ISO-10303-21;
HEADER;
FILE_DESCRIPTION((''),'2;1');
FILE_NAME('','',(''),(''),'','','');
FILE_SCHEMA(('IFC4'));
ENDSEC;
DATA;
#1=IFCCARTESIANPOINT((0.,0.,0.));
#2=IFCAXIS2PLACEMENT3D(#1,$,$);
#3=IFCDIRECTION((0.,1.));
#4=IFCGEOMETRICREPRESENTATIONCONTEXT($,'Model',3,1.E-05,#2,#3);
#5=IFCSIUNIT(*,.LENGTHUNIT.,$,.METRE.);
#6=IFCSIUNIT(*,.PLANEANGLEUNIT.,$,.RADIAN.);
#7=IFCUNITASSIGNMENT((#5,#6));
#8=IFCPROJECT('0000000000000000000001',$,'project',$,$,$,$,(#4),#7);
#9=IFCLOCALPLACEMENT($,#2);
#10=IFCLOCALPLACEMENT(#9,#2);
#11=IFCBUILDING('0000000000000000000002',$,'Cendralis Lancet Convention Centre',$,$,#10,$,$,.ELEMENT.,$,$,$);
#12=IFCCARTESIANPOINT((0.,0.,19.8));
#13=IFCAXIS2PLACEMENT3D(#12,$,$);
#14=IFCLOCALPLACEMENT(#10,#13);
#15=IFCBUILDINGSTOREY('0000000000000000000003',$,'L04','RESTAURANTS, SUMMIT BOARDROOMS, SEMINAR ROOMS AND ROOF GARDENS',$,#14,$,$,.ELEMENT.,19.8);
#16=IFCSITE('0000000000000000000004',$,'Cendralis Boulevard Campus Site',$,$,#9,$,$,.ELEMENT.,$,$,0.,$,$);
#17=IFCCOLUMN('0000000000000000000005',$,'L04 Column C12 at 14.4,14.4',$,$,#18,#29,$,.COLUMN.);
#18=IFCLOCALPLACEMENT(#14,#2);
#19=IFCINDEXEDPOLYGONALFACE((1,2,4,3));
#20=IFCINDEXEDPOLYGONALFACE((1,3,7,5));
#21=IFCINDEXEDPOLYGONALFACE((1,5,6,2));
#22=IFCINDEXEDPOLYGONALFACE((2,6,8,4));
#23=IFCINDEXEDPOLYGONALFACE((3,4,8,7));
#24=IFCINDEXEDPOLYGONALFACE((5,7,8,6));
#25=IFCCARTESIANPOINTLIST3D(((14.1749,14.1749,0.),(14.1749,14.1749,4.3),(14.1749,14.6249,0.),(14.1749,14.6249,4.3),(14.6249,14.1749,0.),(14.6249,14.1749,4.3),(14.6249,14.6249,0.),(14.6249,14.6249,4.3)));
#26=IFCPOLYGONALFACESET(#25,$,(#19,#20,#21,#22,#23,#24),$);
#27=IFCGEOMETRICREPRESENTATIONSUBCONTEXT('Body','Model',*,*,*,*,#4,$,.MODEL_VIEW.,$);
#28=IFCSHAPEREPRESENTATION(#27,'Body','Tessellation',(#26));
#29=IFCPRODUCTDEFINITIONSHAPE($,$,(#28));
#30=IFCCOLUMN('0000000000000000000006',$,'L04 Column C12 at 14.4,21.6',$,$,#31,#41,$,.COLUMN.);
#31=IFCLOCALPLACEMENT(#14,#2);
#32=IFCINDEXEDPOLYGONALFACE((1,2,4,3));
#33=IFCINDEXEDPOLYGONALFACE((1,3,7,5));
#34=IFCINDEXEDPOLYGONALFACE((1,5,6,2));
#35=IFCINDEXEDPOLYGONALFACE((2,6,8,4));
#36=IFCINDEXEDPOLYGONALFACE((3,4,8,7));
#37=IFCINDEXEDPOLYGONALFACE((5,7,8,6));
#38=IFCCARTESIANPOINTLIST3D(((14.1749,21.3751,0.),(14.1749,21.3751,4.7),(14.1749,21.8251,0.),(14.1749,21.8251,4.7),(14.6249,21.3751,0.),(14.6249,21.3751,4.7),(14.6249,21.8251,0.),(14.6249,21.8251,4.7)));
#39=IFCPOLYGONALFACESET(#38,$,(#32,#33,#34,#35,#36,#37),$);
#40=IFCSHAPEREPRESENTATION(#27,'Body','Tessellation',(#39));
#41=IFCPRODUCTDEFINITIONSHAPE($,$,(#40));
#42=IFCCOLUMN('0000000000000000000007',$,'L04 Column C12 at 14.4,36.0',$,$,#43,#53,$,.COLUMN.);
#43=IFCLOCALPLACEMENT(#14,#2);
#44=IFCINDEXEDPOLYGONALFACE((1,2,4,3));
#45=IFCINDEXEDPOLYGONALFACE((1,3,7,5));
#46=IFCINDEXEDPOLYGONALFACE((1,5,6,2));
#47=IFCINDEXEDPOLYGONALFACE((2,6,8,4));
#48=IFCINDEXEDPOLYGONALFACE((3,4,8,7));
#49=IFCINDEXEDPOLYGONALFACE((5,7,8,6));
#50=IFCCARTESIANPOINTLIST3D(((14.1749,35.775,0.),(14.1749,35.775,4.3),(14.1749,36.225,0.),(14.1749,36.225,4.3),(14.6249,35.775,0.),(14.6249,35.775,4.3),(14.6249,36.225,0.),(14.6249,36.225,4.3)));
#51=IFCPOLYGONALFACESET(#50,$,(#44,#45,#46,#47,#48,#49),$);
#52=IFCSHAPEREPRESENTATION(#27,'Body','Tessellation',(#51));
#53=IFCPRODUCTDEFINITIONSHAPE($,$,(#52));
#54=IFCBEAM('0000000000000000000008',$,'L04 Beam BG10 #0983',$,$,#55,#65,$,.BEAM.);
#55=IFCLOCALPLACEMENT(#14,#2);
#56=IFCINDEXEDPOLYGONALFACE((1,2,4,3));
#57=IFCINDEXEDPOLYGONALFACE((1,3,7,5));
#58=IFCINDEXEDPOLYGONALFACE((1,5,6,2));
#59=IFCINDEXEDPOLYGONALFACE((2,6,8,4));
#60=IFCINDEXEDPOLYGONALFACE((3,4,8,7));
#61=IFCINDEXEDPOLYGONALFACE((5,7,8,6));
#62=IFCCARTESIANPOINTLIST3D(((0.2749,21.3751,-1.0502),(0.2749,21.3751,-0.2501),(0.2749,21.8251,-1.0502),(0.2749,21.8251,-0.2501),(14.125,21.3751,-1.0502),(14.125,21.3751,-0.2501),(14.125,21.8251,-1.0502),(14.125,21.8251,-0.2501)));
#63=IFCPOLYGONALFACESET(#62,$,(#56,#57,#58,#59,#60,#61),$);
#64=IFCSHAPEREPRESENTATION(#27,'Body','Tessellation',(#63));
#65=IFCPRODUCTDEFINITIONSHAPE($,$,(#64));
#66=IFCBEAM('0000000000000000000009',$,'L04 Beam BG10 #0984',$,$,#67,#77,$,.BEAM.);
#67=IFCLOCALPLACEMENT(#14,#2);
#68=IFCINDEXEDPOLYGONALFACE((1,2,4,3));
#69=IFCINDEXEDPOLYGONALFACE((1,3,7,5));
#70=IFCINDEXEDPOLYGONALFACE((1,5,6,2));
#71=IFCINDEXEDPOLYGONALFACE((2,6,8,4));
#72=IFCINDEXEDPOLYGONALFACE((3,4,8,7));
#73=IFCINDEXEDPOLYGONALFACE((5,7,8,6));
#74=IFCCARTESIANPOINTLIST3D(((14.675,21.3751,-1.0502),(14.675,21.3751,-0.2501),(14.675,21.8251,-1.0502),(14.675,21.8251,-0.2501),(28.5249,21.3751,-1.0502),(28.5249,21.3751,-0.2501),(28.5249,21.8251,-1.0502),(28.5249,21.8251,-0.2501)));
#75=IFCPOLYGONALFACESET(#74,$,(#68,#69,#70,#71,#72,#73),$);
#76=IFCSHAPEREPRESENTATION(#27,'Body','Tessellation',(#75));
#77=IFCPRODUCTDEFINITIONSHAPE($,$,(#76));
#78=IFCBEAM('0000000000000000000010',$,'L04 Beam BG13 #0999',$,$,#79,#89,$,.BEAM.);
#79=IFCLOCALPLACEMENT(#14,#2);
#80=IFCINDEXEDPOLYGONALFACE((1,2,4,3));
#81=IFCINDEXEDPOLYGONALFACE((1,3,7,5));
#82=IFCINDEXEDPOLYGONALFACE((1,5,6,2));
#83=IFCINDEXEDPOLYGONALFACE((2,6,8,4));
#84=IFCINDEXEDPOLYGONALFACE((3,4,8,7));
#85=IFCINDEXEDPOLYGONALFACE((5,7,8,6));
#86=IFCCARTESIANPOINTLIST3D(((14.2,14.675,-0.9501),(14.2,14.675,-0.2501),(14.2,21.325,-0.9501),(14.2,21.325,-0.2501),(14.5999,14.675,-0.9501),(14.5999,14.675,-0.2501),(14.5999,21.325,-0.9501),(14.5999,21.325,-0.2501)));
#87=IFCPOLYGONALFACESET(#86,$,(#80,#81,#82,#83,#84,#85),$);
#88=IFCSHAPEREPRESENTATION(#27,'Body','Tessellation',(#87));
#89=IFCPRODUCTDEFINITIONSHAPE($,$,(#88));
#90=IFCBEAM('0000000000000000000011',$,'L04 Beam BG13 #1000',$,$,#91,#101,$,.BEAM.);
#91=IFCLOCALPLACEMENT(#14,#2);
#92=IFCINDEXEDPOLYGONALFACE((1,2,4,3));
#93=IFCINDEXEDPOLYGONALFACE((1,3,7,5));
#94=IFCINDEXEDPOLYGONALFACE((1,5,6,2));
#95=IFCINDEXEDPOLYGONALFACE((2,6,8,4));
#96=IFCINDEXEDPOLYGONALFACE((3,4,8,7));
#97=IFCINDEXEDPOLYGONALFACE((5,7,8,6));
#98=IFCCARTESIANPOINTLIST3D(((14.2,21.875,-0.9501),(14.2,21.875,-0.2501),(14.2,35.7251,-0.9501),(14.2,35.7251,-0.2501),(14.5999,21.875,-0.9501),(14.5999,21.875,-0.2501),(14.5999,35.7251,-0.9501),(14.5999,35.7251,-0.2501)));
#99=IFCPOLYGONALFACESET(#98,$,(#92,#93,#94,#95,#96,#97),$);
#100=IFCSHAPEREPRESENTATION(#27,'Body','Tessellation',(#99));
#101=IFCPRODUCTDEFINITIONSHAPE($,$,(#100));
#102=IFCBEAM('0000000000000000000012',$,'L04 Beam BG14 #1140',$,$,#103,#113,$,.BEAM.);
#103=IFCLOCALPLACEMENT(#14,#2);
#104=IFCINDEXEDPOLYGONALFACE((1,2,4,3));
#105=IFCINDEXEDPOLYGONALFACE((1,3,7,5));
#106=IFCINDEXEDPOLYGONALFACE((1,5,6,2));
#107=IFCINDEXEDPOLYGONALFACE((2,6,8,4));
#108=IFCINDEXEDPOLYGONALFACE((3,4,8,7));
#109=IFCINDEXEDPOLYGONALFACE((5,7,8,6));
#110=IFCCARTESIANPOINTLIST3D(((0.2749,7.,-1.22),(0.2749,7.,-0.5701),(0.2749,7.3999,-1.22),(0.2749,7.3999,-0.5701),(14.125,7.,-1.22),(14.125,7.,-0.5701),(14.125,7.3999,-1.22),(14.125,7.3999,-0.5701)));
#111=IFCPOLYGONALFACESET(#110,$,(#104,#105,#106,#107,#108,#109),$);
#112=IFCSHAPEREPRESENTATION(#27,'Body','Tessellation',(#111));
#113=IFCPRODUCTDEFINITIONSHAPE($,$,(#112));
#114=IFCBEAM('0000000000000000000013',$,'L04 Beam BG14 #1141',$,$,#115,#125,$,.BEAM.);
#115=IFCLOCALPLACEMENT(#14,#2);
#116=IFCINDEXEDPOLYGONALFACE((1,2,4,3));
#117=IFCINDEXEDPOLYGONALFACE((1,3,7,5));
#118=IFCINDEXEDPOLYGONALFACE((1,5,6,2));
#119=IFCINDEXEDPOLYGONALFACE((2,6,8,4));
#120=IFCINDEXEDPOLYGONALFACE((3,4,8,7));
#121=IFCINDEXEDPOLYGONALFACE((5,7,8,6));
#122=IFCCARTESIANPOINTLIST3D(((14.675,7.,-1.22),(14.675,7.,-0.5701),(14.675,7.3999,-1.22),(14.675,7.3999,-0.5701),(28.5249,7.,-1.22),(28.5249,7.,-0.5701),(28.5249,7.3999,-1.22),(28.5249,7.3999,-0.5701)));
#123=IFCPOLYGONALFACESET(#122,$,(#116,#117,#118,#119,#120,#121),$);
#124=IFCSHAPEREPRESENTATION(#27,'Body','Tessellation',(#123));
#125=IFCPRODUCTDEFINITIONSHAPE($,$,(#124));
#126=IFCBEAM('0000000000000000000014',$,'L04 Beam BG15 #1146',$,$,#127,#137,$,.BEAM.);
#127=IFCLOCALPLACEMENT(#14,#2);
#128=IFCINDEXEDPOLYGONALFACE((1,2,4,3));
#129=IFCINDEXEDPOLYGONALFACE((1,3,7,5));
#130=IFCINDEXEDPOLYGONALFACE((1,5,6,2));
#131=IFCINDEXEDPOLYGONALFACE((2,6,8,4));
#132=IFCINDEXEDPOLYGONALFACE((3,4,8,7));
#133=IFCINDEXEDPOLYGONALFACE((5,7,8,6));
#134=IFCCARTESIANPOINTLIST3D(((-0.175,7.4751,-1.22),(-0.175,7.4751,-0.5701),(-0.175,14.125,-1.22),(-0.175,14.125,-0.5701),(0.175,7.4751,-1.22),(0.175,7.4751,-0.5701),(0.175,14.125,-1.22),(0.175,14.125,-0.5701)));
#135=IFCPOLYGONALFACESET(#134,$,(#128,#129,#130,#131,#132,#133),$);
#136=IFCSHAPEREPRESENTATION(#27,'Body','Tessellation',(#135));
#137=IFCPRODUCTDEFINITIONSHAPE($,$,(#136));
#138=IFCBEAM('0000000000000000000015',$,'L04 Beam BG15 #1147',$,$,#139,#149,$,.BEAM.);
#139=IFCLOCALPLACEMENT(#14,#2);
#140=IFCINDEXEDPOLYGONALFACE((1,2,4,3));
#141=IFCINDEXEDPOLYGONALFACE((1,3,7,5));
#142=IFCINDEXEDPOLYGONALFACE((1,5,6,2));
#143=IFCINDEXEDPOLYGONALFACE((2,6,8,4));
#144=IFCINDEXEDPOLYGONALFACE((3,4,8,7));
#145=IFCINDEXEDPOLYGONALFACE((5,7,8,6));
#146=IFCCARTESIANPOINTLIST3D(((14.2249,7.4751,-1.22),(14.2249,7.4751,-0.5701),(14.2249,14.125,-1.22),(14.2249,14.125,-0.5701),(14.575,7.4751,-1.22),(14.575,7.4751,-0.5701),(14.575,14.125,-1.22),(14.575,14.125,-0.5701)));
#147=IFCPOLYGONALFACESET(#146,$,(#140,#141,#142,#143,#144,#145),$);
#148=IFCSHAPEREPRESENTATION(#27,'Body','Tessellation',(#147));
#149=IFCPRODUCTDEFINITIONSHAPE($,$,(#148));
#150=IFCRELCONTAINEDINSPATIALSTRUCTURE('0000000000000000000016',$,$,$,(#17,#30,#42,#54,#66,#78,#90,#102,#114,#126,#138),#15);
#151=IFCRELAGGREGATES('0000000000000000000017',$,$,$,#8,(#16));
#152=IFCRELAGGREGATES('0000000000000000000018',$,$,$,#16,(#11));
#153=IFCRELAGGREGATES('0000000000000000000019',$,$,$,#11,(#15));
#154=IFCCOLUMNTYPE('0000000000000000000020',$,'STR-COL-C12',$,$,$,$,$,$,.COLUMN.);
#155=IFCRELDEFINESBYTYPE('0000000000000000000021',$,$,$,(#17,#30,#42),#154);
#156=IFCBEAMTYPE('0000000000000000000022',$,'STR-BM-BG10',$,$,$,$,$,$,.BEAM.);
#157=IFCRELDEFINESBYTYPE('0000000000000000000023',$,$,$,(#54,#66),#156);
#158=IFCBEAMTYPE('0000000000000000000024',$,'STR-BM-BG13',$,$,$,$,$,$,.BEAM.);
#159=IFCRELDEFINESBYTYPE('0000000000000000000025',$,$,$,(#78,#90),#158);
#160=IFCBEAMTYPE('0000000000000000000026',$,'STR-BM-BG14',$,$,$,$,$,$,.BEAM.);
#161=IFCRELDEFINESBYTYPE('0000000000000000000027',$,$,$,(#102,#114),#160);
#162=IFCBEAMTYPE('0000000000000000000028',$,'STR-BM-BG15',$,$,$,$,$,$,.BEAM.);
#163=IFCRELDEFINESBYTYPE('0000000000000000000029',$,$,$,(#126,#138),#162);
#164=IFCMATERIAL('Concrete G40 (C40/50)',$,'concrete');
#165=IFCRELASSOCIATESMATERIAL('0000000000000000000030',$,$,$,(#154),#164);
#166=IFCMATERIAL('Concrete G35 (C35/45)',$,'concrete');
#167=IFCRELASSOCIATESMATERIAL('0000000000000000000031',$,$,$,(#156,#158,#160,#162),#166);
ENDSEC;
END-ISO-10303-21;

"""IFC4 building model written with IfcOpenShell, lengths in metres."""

from ifc_helpers import new_model, si_unit, direction, frame, origin, origin_2d, place, context, subcontext, project, spatial, rectangle, extrude, material, material_profile, profile_set, type_object, element, save


model = new_model("IFC4")

# Units and contexts
model_context = context("Model", 3, precision=1e-05, world=origin(), true_north=direction((0.0, 1.0)))
body_context = subcontext(model_context, "Body", "Model", "MODEL_VIEW")
ifc_project = project(units=[si_unit("LENGTHUNIT", "METRE"), si_unit("PLANEANGLEUNIT", "RADIAN")], contexts=[model_context])

# Site, building, storey
site_placement = place(None, origin())
site = spatial("IfcSite", under=ifc_project, at=site_placement, Name="Cendralis Boulevard Campus Site", CompositionType="ELEMENT", RefElevation=0.0)
building_placement = place(site_placement, origin())
building = spatial("IfcBuilding", under=site, at=building_placement, Name="Cendralis Lancet Convention Centre", CompositionType="ELEMENT")
storey_placement = place(building_placement, frame((0.0, 0.0, 19.8)))
storey = spatial("IfcBuildingStorey", under=building, at=storey_placement, Name="L04", Description="RESTAURANTS, SUMMIT BOARDROOMS, SEMINAR ROOMS AND ROOF GARDENS", CompositionType="ELEMENT", Elevation=19.8)

# Columns
ifc_material_1 = material(Name="Concrete G40 (C40/50)", Category="concrete")
ifc_material_profile_1 = material_profile(ifc_material_1, rectangle(XDim=0.45, YDim=0.45, at=origin_2d()), Name="RC 450x450")
ifc_profile_set_1 = profile_set([ifc_material_profile_1], Name="Concrete G40 (C40/50)")
column_type = type_object("IfcColumnType", Name="STR-COL-C12", PredefinedType="COLUMN", material=ifc_profile_set_1)
column_1_placement = place(storey_placement, frame((14.3999, 14.3999, 0.0), z_axis=(0.0, 0.0, 1.0), x_axis=(1.0, 0.0, 0.0)))
element("IfcColumn", 1, at=column_1_placement, inside=storey, type_object=column_type, Name="L04 Column C12 at 14.4,14.4", PredefinedType="COLUMN", context=body_context, shape_type="SweptSolid", body=[
    extrude(rectangle(XDim=0.45, YDim=0.45, at=origin_2d()), origin(), (0.0, 0.0, 1.0), 4.3),
])
column_2_placement = place(storey_placement, frame((14.3999, 21.6001, 0.0), z_axis=(0.0, 0.0, 1.0), x_axis=(1.0, 0.0, 0.0)))
element("IfcColumn", 2, at=column_2_placement, inside=storey, type_object=column_type, Name="L04 Column C12 at 14.4,21.6", PredefinedType="COLUMN", context=body_context, shape_type="SweptSolid", body=[
    extrude(rectangle(XDim=0.45, YDim=0.45, at=origin_2d()), origin(), (0.0, 0.0, 1.0), 4.7),
])
column_3_placement = place(storey_placement, frame((14.3999, 36.0, 0.0), z_axis=(0.0, 0.0, 1.0), x_axis=(1.0, 0.0, 0.0)))
element("IfcColumn", 3, at=column_3_placement, inside=storey, type_object=column_type, Name="L04 Column C12 at 14.4,36.0", PredefinedType="COLUMN", context=body_context, shape_type="SweptSolid", body=[
    extrude(rectangle(XDim=0.45, YDim=0.45, at=origin_2d()), origin(), (0.0, 0.0, 1.0), 4.3),
])

# Beams
ifc_material_2 = material(Name="Concrete G35 (C35/45)", Category="concrete")
ifc_material_profile_2 = material_profile(ifc_material_2, rectangle(XDim=0.45, YDim=0.8, at=origin_2d()), Name="RCB 450x800")
ifc_profile_set_2 = profile_set([ifc_material_profile_2], Name="Concrete G35 (C35/45)")
beam_type_1 = type_object("IfcBeamType", Name="STR-BM-BG10", PredefinedType="BEAM", material=ifc_profile_set_2)
beam_1_placement = place(storey_placement, frame((0.2749, 21.6001, -0.6501), z_axis=(1.0, 0.0, 0.0), x_axis=(0.0, 1.0, 0.0)))
element("IfcBeam", 4, at=beam_1_placement, inside=storey, type_object=beam_type_1, Name="L04 Beam BG10 #0983", PredefinedType="BEAM", context=body_context, shape_type="SweptSolid", body=[
    extrude(rectangle(XDim=0.45, YDim=0.8, at=origin_2d()), origin(), (0.0, 0.0, 1.0), 13.8501),
])
beam_2_placement = place(storey_placement, frame((14.675, 21.6001, -0.6501), z_axis=(1.0, 0.0, 0.0), x_axis=(0.0, 1.0, 0.0)))
element("IfcBeam", 5, at=beam_2_placement, inside=storey, type_object=beam_type_1, Name="L04 Beam BG10 #0984", PredefinedType="BEAM", context=body_context, shape_type="SweptSolid", body=[
    extrude(rectangle(XDim=0.45, YDim=0.8, at=origin_2d()), origin(), (0.0, 0.0, 1.0), 13.8499),
])
ifc_material_profile_3 = material_profile(ifc_material_2, rectangle(XDim=0.3999, YDim=0.7, at=origin_2d()), Name="RCB 400x700")
ifc_profile_set_3 = profile_set([ifc_material_profile_3], Name="Concrete G35 (C35/45)")
beam_type_2 = type_object("IfcBeamType", Name="STR-BM-BG13", PredefinedType="BEAM", material=ifc_profile_set_3)
beam_3_placement = place(storey_placement, frame((14.3999, 14.675, -0.6001), z_axis=(0.0, 1.0, 0.0), x_axis=(-1.0, 0.0, 0.0)))
element("IfcBeam", 6, at=beam_3_placement, inside=storey, type_object=beam_type_2, Name="L04 Beam BG13 #0999", PredefinedType="BEAM", context=body_context, shape_type="SweptSolid", body=[
    extrude(rectangle(XDim=0.3999, YDim=0.7, at=origin_2d()), origin(), (0.0, 0.0, 1.0), 6.6499),
])
beam_4_placement = place(storey_placement, frame((14.3999, 21.875, -0.6001), z_axis=(0.0, 1.0, 0.0), x_axis=(-1.0, 0.0, 0.0)))
element("IfcBeam", 7, at=beam_4_placement, inside=storey, type_object=beam_type_2, Name="L04 Beam BG13 #1000", PredefinedType="BEAM", context=body_context, shape_type="SweptSolid", body=[
    extrude(rectangle(XDim=0.3999, YDim=0.7, at=origin_2d()), origin(), (0.0, 0.0, 1.0), 13.8501),
])
ifc_material_profile_4 = material_profile(ifc_material_2, rectangle(XDim=0.3999, YDim=0.6499, at=origin_2d()), Name="RCB 400x650")
ifc_profile_set_4 = profile_set([ifc_material_profile_4], Name="Concrete G35 (C35/45)")
beam_type_3 = type_object("IfcBeamType", Name="STR-BM-BG14", PredefinedType="BEAM", material=ifc_profile_set_4)
beam_5_placement = place(storey_placement, frame((0.2749, 7.2, -0.895), z_axis=(1.0, 0.0, 0.0), x_axis=(0.0, 1.0, 0.0)))
element("IfcBeam", 8, at=beam_5_placement, inside=storey, type_object=beam_type_3, Name="L04 Beam BG14 #1140", PredefinedType="BEAM", context=body_context, shape_type="SweptSolid", body=[
    extrude(rectangle(XDim=0.3999, YDim=0.6499, at=origin_2d()), origin(), (0.0, 0.0, 1.0), 13.8501),
])
beam_6_placement = place(storey_placement, frame((14.675, 7.2, -0.895), z_axis=(1.0, 0.0, 0.0), x_axis=(0.0, 1.0, 0.0)))
element("IfcBeam", 9, at=beam_6_placement, inside=storey, type_object=beam_type_3, Name="L04 Beam BG14 #1141", PredefinedType="BEAM", context=body_context, shape_type="SweptSolid", body=[
    extrude(rectangle(XDim=0.3999, YDim=0.6499, at=origin_2d()), origin(), (0.0, 0.0, 1.0), 13.8499),
])
ifc_material_profile_5 = material_profile(ifc_material_2, rectangle(XDim=0.3501, YDim=0.6499, at=origin_2d()), Name="RCB 350x650")
ifc_profile_set_5 = profile_set([ifc_material_profile_5], Name="Concrete G35 (C35/45)")
beam_type_4 = type_object("IfcBeamType", Name="STR-BM-BG15", PredefinedType="BEAM", material=ifc_profile_set_5)
for number, where, z_axis, x_axis, name in (
    (10, (0.0, 7.4751, -0.895), (0.0, 1.0, 0.0), (-1.0, 0.0, 0.0), "L04 Beam BG15 #1146"),
    (11, (14.3999, 7.4751, -0.895), (0.0, 1.0, 0.0), (-1.0, 0.0, 0.0), "L04 Beam BG15 #1147"),
):
    element("IfcBeam", number, at=place(storey_placement, frame(where, z_axis=z_axis, x_axis=x_axis)), inside=storey, type_object=beam_type_4, Name=name, PredefinedType="BEAM", context=body_context, shape_type="SweptSolid", body=[
        extrude(rectangle(XDim=0.3501, YDim=0.6499, at=origin_2d()), origin(), (0.0, 0.0, 1.0), 6.6499),
    ])

save(model, "model.ifc")
